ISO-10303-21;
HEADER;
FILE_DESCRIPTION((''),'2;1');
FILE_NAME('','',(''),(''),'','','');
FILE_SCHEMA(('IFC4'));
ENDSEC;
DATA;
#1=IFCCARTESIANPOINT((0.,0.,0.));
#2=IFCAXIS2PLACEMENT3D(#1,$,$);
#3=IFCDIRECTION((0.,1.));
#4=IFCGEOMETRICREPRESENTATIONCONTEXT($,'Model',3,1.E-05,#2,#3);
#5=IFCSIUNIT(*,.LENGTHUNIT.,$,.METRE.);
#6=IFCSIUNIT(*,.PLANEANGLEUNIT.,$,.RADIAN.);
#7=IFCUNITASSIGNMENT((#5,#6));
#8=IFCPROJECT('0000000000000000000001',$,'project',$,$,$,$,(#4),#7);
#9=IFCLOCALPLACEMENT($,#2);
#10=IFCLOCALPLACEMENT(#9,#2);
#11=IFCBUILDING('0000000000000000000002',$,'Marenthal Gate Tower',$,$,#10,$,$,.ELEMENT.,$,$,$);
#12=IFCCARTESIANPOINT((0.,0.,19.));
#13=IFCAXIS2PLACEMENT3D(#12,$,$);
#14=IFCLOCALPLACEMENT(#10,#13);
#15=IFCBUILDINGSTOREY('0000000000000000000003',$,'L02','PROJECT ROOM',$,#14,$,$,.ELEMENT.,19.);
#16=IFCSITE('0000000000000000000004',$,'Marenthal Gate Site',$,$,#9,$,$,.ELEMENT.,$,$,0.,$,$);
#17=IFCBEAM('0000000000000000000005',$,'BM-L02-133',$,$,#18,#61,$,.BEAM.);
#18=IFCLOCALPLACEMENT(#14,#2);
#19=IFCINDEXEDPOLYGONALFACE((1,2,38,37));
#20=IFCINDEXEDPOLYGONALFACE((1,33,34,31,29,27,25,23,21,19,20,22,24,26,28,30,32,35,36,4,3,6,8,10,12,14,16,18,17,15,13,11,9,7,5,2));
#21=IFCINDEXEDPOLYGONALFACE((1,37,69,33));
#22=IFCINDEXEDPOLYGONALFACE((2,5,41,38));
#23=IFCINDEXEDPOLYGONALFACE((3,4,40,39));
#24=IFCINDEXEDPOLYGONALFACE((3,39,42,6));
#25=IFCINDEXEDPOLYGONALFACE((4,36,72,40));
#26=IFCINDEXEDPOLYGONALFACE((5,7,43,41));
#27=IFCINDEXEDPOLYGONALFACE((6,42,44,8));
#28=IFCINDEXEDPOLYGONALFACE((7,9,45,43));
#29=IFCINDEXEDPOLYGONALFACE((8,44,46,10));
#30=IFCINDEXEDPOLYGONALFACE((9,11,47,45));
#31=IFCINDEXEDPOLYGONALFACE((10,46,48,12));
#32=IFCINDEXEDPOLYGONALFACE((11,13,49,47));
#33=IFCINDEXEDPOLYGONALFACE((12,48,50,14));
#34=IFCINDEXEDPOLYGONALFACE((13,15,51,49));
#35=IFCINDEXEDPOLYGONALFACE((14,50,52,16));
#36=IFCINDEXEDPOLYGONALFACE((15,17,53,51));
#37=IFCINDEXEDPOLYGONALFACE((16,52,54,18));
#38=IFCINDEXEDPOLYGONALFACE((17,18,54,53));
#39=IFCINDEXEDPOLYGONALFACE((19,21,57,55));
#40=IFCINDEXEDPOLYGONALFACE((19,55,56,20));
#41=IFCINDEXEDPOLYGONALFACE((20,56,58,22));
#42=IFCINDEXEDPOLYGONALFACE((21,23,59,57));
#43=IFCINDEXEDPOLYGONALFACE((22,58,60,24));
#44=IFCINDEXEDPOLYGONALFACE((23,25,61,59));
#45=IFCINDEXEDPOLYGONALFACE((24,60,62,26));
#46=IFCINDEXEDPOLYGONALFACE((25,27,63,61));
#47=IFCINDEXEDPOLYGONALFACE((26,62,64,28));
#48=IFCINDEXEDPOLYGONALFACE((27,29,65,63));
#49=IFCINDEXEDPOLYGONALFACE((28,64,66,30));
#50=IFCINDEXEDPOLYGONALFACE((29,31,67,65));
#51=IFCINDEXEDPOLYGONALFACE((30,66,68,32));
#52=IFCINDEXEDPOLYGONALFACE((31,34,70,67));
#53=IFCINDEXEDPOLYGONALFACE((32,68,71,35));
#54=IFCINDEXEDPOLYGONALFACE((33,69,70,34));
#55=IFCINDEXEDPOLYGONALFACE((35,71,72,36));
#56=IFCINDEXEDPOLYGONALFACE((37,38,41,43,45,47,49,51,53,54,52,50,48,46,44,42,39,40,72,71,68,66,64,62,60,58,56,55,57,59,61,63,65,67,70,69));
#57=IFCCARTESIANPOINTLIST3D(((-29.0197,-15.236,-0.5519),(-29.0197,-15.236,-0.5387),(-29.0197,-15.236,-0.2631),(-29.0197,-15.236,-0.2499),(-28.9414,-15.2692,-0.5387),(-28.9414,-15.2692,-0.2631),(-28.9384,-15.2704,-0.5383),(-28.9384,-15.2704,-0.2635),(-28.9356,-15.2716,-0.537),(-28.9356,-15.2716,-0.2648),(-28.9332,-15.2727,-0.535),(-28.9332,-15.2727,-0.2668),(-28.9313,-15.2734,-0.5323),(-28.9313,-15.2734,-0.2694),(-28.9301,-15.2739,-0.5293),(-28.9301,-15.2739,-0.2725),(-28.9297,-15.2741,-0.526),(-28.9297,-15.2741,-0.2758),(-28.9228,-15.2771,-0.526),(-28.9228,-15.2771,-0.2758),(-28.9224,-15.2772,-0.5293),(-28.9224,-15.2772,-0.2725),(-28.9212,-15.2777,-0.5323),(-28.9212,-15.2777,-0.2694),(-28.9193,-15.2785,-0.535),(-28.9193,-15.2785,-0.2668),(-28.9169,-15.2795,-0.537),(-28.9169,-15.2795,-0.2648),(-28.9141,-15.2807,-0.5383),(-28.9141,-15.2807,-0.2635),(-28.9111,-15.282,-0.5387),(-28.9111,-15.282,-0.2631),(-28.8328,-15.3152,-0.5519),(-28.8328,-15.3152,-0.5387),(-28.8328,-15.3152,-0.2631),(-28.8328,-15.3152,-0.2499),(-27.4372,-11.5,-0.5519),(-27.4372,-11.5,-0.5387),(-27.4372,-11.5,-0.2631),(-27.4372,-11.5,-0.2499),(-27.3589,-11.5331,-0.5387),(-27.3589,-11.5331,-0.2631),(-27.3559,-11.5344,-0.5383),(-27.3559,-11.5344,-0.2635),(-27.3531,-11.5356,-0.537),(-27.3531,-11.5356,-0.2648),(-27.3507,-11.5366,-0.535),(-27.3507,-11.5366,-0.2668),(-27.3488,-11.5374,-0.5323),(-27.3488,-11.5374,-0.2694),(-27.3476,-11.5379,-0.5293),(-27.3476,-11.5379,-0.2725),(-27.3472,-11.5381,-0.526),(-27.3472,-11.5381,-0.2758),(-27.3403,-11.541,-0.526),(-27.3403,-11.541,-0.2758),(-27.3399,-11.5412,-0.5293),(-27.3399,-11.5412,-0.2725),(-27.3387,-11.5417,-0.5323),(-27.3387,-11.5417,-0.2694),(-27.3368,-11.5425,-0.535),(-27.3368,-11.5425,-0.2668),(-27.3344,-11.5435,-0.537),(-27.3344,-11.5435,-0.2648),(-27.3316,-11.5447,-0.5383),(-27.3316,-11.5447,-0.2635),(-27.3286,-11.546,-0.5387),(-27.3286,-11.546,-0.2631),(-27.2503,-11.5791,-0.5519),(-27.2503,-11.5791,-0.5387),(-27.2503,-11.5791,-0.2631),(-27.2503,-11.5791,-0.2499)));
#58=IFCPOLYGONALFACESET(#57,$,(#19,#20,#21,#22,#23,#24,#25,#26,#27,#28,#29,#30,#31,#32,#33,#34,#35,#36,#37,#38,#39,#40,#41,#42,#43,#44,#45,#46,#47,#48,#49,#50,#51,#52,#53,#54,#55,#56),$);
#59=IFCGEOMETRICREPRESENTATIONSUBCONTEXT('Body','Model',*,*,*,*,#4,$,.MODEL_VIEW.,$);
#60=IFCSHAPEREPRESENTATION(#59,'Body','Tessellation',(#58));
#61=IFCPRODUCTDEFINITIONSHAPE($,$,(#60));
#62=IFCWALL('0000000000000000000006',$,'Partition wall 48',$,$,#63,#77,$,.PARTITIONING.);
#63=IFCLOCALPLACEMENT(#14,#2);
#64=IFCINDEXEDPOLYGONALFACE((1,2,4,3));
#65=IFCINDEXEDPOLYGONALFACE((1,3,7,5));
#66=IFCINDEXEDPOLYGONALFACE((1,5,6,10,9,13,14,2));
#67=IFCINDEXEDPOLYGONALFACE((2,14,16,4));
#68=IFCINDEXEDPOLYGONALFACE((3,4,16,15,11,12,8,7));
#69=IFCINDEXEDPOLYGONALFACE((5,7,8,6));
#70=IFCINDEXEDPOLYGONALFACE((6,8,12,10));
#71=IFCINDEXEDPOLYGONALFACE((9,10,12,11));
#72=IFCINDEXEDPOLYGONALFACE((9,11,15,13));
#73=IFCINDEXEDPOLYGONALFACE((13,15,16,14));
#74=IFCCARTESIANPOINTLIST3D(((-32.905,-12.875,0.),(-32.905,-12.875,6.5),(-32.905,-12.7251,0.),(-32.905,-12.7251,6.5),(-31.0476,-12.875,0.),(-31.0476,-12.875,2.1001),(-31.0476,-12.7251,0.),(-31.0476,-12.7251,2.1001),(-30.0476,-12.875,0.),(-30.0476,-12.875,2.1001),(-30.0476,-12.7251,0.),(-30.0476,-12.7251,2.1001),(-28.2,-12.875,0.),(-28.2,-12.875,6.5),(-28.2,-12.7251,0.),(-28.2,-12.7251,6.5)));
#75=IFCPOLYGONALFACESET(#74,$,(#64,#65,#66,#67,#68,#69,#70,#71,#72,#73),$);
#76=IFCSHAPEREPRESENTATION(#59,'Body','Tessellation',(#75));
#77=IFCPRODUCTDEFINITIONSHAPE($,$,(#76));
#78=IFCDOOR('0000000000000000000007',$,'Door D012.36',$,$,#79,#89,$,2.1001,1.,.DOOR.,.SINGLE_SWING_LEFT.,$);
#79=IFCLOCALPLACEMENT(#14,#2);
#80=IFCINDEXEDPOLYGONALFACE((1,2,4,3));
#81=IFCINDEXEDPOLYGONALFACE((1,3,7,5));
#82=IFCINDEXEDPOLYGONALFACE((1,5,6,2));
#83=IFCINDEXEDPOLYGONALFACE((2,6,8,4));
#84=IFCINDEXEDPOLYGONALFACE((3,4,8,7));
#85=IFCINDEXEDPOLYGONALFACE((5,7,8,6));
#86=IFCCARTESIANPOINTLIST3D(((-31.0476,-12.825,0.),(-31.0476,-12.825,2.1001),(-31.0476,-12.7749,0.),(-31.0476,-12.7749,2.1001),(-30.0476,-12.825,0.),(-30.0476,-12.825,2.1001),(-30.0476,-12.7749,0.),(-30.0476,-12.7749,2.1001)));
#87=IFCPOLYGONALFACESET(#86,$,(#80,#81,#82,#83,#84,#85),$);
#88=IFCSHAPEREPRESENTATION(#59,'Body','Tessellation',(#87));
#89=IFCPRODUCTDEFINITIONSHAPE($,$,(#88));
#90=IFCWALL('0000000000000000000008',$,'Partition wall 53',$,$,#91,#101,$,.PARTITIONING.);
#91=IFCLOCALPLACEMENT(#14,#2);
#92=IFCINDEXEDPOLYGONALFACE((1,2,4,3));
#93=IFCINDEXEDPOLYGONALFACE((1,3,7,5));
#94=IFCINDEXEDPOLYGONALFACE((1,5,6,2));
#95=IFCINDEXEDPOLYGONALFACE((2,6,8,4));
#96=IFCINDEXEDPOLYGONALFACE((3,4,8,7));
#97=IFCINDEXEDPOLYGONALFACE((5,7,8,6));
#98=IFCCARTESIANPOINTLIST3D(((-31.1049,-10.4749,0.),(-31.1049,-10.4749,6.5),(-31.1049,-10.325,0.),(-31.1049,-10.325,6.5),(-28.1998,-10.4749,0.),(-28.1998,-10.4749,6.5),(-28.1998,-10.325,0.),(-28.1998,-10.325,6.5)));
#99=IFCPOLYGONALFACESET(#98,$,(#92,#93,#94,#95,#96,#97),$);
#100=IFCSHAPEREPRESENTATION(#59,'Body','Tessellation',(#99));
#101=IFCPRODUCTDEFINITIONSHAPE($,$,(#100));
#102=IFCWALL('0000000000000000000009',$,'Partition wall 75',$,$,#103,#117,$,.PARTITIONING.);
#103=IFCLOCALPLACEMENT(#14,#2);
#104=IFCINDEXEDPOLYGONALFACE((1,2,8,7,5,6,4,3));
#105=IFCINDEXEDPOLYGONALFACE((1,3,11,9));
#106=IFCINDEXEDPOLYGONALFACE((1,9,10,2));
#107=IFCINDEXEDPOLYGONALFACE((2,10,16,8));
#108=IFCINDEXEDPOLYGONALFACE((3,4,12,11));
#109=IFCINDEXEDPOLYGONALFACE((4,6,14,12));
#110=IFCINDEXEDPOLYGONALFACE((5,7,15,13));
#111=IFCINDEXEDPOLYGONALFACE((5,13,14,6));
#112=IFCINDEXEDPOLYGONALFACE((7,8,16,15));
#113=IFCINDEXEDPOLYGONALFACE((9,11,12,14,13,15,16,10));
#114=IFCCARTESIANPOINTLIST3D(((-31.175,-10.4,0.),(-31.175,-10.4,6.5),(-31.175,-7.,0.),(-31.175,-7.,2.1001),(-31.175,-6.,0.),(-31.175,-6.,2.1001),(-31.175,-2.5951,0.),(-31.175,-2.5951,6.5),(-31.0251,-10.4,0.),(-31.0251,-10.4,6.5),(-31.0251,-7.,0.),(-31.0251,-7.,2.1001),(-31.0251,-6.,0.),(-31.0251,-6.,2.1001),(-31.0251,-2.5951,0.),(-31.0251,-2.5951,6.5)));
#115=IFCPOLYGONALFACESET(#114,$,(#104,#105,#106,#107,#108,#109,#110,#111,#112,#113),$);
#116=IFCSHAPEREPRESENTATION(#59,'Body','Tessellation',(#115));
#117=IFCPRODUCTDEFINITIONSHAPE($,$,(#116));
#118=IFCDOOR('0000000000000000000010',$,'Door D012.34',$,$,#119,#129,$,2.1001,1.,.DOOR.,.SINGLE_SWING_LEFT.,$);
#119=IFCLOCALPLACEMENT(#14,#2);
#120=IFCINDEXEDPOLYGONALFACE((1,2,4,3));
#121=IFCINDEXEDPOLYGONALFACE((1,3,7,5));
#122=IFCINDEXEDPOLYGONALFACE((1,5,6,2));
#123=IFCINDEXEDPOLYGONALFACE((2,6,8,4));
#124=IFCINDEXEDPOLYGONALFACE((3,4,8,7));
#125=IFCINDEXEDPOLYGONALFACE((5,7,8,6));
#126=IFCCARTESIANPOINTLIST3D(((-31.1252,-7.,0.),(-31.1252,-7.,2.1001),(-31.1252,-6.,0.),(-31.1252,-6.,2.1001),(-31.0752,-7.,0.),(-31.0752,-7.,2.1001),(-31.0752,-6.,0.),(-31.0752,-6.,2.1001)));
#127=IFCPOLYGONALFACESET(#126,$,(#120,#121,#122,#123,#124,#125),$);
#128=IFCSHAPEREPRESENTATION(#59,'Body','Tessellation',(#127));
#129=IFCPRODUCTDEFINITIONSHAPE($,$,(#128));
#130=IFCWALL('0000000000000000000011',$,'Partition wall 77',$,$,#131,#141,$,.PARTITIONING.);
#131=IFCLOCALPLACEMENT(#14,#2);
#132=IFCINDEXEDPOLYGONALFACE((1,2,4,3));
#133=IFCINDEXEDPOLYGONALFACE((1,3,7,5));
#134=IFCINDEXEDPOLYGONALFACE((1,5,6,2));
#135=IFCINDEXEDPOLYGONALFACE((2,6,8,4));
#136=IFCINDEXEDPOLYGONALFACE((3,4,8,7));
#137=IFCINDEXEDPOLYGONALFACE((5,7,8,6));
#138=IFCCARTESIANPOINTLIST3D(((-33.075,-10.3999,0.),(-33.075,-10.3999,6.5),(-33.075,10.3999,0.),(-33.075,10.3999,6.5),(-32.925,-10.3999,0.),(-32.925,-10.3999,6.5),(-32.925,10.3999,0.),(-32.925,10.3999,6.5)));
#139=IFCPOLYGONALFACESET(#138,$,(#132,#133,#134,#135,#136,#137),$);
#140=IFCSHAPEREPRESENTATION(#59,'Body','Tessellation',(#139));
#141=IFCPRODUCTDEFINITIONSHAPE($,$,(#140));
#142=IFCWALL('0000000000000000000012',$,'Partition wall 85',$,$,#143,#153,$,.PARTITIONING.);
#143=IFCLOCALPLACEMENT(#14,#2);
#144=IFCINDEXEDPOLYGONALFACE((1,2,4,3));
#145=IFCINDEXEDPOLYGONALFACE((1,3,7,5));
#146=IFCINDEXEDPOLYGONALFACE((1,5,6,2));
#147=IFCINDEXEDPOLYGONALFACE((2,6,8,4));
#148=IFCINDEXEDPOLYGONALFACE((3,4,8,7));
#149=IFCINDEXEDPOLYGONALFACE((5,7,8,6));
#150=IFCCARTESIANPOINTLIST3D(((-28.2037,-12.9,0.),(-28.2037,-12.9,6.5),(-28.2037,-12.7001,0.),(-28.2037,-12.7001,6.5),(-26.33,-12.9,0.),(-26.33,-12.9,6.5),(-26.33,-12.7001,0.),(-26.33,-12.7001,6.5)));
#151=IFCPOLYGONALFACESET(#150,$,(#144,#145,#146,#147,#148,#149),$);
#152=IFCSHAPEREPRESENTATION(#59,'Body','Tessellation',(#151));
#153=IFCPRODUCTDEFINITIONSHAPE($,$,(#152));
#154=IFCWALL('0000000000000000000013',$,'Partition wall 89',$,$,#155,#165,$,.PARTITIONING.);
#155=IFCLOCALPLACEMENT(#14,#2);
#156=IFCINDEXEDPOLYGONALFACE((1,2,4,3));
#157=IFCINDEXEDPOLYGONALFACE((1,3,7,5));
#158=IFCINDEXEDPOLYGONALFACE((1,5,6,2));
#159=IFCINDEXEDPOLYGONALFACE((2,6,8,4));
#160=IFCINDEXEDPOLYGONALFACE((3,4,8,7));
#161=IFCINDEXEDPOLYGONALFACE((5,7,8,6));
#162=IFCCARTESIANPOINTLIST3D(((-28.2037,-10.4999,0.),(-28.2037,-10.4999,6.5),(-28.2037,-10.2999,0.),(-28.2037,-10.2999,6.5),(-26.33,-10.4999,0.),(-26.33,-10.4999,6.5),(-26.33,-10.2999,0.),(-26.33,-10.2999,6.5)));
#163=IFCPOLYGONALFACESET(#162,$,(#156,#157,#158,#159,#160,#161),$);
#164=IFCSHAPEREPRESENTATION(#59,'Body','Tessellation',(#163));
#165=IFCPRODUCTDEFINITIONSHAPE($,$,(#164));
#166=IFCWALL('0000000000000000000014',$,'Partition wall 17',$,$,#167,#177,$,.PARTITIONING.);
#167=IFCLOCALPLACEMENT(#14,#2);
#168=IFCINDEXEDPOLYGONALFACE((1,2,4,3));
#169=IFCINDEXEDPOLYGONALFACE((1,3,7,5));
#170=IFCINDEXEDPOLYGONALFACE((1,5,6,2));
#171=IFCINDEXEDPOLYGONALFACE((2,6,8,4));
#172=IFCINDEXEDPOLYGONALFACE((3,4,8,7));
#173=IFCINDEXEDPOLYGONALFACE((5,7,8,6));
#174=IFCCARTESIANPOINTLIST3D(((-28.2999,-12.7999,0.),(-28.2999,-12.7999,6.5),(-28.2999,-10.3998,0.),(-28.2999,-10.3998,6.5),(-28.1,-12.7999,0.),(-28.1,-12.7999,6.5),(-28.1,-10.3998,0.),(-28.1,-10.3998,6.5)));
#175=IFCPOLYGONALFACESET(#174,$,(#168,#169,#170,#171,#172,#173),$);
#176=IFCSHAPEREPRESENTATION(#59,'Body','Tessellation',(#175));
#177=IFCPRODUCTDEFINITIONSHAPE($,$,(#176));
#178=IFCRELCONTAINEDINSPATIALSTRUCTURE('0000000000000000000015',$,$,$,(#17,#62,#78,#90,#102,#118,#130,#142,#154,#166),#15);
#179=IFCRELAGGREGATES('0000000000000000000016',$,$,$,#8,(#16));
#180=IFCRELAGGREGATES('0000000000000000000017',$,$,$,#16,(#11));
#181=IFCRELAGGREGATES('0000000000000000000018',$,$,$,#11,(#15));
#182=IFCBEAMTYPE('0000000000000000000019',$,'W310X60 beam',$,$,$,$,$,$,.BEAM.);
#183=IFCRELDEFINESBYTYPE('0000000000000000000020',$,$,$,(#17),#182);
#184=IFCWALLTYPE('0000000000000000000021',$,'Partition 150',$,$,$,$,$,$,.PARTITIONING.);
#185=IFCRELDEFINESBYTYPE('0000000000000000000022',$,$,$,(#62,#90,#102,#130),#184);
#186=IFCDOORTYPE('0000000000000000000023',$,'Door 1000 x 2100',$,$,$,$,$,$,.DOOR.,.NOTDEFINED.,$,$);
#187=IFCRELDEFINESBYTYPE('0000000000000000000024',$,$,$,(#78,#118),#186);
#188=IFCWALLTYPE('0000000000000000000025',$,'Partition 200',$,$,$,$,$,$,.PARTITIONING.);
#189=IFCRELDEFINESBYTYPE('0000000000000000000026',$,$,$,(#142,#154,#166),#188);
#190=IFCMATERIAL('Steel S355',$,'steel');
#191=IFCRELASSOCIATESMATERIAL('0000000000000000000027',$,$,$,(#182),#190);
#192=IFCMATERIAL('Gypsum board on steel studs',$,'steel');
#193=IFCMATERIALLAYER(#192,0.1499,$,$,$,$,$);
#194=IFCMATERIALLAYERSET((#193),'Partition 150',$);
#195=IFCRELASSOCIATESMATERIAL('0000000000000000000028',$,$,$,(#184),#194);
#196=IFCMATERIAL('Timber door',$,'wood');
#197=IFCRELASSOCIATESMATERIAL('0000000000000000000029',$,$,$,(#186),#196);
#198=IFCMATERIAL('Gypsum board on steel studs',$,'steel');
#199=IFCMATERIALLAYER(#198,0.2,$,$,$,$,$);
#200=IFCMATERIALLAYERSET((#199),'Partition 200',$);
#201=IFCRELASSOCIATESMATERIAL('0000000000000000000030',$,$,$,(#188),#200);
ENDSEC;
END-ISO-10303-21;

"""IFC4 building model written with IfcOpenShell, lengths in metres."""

from ifc_helpers import new_model, si_unit, direction, frame, frame_2d, origin, origin_2d, place, context, subcontext, project, spatial, rectangle, i_section, extrude, material, layer, layer_set, material_profile, profile_set, type_object, element, fill, save


model = new_model("IFC4")

# Units and contexts
model_context = context("Model", 3, precision=1e-05, world=origin(), true_north=direction((0.0, 1.0)))
body_context = subcontext(model_context, "Body", "Model", "MODEL_VIEW")
ifc_project = project(units=[si_unit("LENGTHUNIT", "METRE"), si_unit("PLANEANGLEUNIT", "RADIAN")], contexts=[model_context])

# Site, building, storey
site_placement = place(None, origin())
site = spatial("IfcSite", under=ifc_project, at=site_placement, Name="Marenthal Gate Site", CompositionType="ELEMENT", RefElevation=0.0)
building_placement = place(site_placement, origin())
building = spatial("IfcBuilding", under=site, at=building_placement, Name="Marenthal Gate Tower", CompositionType="ELEMENT")
storey_placement = place(building_placement, frame((0.0, 0.0, 19.0)))
storey = spatial("IfcBuildingStorey", under=building, at=storey_placement, Name="L02", Description="PROJECT ROOM", CompositionType="ELEMENT", Elevation=19.0)

# Beam
ifc_material_1 = material(Name="Steel S355", Category="steel")
ifc_material_profile_1 = material_profile(ifc_material_1, i_section(OverallWidth=0.2029, OverallDepth=0.302, WebThickness=0.0076, FlangeThickness=0.0132, FilletRadius=0.0127, at=origin_2d()), Name="W310X60")
ifc_profile_set_1 = profile_set([ifc_material_profile_1], Name="Steel S355")
beam_type_1 = type_object("IfcBeamType", Name="W310X60 beam", PredefinedType="BEAM", material=ifc_profile_set_1)
beam_1_placement = place(storey_placement, frame((-27.3438, -11.5396, -0.4009), z_axis=(-0.390031, -0.920802, 0.0), x_axis=(0.920802, -0.390031, 0.0)))
element("IfcBeam", 1, at=beam_1_placement, inside=storey, type_object=beam_type_1, Name="BM-L02-133", PredefinedType="BEAM", context=body_context, shape_type="SweptSolid", body=[
    extrude(i_section(OverallWidth=0.2029, OverallDepth=0.302, WebThickness=0.0076, FlangeThickness=0.0132, FilletRadius=0.0127, at=origin_2d()), origin(), (0.0, 0.0, 1.0), 4.0574),
])

# Wall, opening, door
ifc_material_2 = material(Name="Gypsum board on steel studs", Category="steel")
ifc_layer_1 = layer(ifc_material_2, 0.1499)
ifc_layer_set_1 = layer_set([ifc_layer_1], Name="Partition 150")
wall_type_1 = type_object("IfcWallType", Name="Partition 150", PredefinedType="PARTITIONING", material=ifc_layer_set_1)
wall_1_placement = place(storey_placement, frame((-32.905, -12.8, 0.0), z_axis=(0.0, 0.0, 1.0), x_axis=(1.0, 0.0, 0.0)))
wall_1 = element("IfcWall", 2, at=wall_1_placement, inside=storey, type_object=wall_type_1, Name="Partition wall 48", PredefinedType="PARTITIONING", context=body_context, shape_type="SweptSolid", body=[
    extrude(rectangle(XDim=4.7051, YDim=0.1499, at=frame_2d((2.3525, 0.0))), origin(), (0.0, 0.0, 1.0), 6.5),
])
opening_1_placement = place(wall_1_placement, frame((1.8574, 0.0, 0.0)))
opening_1 = element("IfcOpeningElement", 3, at=opening_1_placement, cuts=wall_1, PredefinedType="OPENING", context=body_context, shape_type="SweptSolid", body=[
    extrude(rectangle(XDim=1.0, YDim=2.1001, at=frame_2d((0.5, 1.05))), frame((0.0, 0.085, 0.0), z_axis=(0.0, -1.0, 0.0), x_axis=(1.0, 0.0, 0.0)), (0.0, 0.0, 1.0), 0.1699),
])
ifc_material_3 = material(Name="Timber door", Category="wood")
door_type = type_object("IfcDoorType", Name="Door 1000 x 2100", OperationType="NOTDEFINED", PredefinedType="DOOR", material=ifc_material_3)
door_1_placement = place(opening_1_placement, frame((1.0, 0.0, 0.0), z_axis=(0.0, 0.0, 1.0), x_axis=(-1.0, 0.0, 0.0)))
door_1 = element("IfcDoor", 4, at=door_1_placement, inside=storey, type_object=door_type, Name="Door D012.36", OperationType="SINGLE_SWING_LEFT", OverallHeight=2.1001, OverallWidth=1.0, PredefinedType="DOOR", context=body_context, shape_type="SweptSolid", body=[
    extrude(rectangle(XDim=1.0, YDim=2.1001, at=frame_2d((0.5, 1.05))), frame((0.0, 0.0249, 0.0), z_axis=(0.0, -1.0, 0.0), x_axis=(1.0, 0.0, 0.0)), (0.0, 0.0, 1.0), 0.05),
])
fill(opening_1, door_1)

# Wall
wall_2_placement = place(storey_placement, frame((-31.105, -10.3999, 0.0), z_axis=(0.0, 0.0, 1.0), x_axis=(1.0, 0.0, 0.0)))
element("IfcWall", 5, at=wall_2_placement, inside=storey, type_object=wall_type_1, Name="Partition wall 53", PredefinedType="PARTITIONING", context=body_context, shape_type="SweptSolid", body=[
    extrude(rectangle(XDim=2.905, YDim=0.1499, at=frame_2d((1.4526, 0.0))), origin(), (0.0, 0.0, 1.0), 6.5),
])

# Wall, opening, door
wall_3_placement = place(storey_placement, frame((-31.1001, -10.3999, 0.0), z_axis=(0.0, 0.0, 1.0), x_axis=(0.0, 1.0, 0.0)))
wall_3 = element("IfcWall", 6, at=wall_3_placement, inside=storey, type_object=wall_type_1, Name="Partition wall 75", PredefinedType="PARTITIONING", context=body_context, shape_type="SweptSolid", body=[
    extrude(rectangle(XDim=7.8049, YDim=0.1499, at=frame_2d((3.9023, 0.0))), origin(), (0.0, 0.0, 1.0), 6.5),
])
opening_2_placement = place(wall_3_placement, frame((3.3999, 0.0, 0.0)))
opening_2 = element("IfcOpeningElement", 7, at=opening_2_placement, cuts=wall_3, PredefinedType="OPENING", context=body_context, shape_type="SweptSolid", body=[
    extrude(rectangle(XDim=1.0, YDim=2.1001, at=frame_2d((0.5, 1.05))), frame((0.0, 0.085, 0.0), z_axis=(0.0, -1.0, 0.0), x_axis=(1.0, 0.0, 0.0)), (0.0, 0.0, 1.0), 0.1699),
])
door_2_placement = place(opening_2_placement, frame((1.0, 0.0, 0.0), z_axis=(0.0, 0.0, 1.0), x_axis=(-1.0, 0.0, 0.0)))
door_2 = element("IfcDoor", 8, at=door_2_placement, inside=storey, type_object=door_type, Name="Door D012.34", OperationType="SINGLE_SWING_LEFT", OverallHeight=2.1001, OverallWidth=1.0, PredefinedType="DOOR", context=body_context, shape_type="SweptSolid", body=[
    extrude(rectangle(XDim=1.0, YDim=2.1001, at=frame_2d((0.5, 1.05))), frame((0.0, 0.0249, 0.0), z_axis=(0.0, -1.0, 0.0), x_axis=(1.0, 0.0, 0.0)), (0.0, 0.0, 1.0), 0.05),
])
fill(opening_2, door_2)

# Walls
wall_4_placement = place(storey_placement, frame((-33.0, -10.3999, 0.0), z_axis=(0.0, 0.0, 1.0), x_axis=(0.0, 1.0, 0.0)))
element("IfcWall", 9, at=wall_4_placement, inside=storey, type_object=wall_type_1, Name="Partition wall 77", PredefinedType="PARTITIONING", context=body_context, shape_type="SweptSolid", body=[
    extrude(rectangle(XDim=20.7998, YDim=0.1499, at=frame_2d((10.3999, 0.0))), origin(), (0.0, 0.0, 1.0), 6.5),
])
ifc_material_4 = material(Name="Gypsum board on steel studs", Category="steel")
ifc_layer_2 = layer(ifc_material_4, 0.2)
ifc_layer_set_2 = layer_set([ifc_layer_2], Name="Partition 200")
wall_type_2 = type_object("IfcWallType", Name="Partition 200", PredefinedType="PARTITIONING", material=ifc_layer_set_2)
for number, where, z_axis, x_axis, name in (
    (10, (-28.2039, -12.8, 0.0), (0.0, 0.0, 1.0), (1.0, 0.0, 0.0), "Partition wall 85"),
    (11, (-28.2039, -10.3999, 0.0), (0.0, 0.0, 1.0), (1.0, 0.0, 0.0), "Partition wall 89"),
):
    element("IfcWall", number, at=place(storey_placement, frame(where, z_axis=z_axis, x_axis=x_axis)), inside=storey, type_object=wall_type_2, Name=name, PredefinedType="PARTITIONING", context=body_context, shape_type="SweptSolid", body=[
        extrude(rectangle(XDim=1.8738, YDim=0.2, at=frame_2d((0.937, 0.0))), origin(), (0.0, 0.0, 1.0), 6.5),
    ])
wall_5_placement = place(storey_placement, frame((-28.2, -12.8, 0.0), z_axis=(0.0, 0.0, 1.0), x_axis=(0.0, 1.0, 0.0)))
element("IfcWall", 12, at=wall_5_placement, inside=storey, type_object=wall_type_2, Name="Partition wall 17", PredefinedType="PARTITIONING", context=body_context, shape_type="SweptSolid", body=[
    extrude(rectangle(XDim=2.4001, YDim=0.2, at=frame_2d((1.2002, 0.0))), origin(), (0.0, 0.0, 1.0), 6.5),
])

save(model, "model.ifc")
